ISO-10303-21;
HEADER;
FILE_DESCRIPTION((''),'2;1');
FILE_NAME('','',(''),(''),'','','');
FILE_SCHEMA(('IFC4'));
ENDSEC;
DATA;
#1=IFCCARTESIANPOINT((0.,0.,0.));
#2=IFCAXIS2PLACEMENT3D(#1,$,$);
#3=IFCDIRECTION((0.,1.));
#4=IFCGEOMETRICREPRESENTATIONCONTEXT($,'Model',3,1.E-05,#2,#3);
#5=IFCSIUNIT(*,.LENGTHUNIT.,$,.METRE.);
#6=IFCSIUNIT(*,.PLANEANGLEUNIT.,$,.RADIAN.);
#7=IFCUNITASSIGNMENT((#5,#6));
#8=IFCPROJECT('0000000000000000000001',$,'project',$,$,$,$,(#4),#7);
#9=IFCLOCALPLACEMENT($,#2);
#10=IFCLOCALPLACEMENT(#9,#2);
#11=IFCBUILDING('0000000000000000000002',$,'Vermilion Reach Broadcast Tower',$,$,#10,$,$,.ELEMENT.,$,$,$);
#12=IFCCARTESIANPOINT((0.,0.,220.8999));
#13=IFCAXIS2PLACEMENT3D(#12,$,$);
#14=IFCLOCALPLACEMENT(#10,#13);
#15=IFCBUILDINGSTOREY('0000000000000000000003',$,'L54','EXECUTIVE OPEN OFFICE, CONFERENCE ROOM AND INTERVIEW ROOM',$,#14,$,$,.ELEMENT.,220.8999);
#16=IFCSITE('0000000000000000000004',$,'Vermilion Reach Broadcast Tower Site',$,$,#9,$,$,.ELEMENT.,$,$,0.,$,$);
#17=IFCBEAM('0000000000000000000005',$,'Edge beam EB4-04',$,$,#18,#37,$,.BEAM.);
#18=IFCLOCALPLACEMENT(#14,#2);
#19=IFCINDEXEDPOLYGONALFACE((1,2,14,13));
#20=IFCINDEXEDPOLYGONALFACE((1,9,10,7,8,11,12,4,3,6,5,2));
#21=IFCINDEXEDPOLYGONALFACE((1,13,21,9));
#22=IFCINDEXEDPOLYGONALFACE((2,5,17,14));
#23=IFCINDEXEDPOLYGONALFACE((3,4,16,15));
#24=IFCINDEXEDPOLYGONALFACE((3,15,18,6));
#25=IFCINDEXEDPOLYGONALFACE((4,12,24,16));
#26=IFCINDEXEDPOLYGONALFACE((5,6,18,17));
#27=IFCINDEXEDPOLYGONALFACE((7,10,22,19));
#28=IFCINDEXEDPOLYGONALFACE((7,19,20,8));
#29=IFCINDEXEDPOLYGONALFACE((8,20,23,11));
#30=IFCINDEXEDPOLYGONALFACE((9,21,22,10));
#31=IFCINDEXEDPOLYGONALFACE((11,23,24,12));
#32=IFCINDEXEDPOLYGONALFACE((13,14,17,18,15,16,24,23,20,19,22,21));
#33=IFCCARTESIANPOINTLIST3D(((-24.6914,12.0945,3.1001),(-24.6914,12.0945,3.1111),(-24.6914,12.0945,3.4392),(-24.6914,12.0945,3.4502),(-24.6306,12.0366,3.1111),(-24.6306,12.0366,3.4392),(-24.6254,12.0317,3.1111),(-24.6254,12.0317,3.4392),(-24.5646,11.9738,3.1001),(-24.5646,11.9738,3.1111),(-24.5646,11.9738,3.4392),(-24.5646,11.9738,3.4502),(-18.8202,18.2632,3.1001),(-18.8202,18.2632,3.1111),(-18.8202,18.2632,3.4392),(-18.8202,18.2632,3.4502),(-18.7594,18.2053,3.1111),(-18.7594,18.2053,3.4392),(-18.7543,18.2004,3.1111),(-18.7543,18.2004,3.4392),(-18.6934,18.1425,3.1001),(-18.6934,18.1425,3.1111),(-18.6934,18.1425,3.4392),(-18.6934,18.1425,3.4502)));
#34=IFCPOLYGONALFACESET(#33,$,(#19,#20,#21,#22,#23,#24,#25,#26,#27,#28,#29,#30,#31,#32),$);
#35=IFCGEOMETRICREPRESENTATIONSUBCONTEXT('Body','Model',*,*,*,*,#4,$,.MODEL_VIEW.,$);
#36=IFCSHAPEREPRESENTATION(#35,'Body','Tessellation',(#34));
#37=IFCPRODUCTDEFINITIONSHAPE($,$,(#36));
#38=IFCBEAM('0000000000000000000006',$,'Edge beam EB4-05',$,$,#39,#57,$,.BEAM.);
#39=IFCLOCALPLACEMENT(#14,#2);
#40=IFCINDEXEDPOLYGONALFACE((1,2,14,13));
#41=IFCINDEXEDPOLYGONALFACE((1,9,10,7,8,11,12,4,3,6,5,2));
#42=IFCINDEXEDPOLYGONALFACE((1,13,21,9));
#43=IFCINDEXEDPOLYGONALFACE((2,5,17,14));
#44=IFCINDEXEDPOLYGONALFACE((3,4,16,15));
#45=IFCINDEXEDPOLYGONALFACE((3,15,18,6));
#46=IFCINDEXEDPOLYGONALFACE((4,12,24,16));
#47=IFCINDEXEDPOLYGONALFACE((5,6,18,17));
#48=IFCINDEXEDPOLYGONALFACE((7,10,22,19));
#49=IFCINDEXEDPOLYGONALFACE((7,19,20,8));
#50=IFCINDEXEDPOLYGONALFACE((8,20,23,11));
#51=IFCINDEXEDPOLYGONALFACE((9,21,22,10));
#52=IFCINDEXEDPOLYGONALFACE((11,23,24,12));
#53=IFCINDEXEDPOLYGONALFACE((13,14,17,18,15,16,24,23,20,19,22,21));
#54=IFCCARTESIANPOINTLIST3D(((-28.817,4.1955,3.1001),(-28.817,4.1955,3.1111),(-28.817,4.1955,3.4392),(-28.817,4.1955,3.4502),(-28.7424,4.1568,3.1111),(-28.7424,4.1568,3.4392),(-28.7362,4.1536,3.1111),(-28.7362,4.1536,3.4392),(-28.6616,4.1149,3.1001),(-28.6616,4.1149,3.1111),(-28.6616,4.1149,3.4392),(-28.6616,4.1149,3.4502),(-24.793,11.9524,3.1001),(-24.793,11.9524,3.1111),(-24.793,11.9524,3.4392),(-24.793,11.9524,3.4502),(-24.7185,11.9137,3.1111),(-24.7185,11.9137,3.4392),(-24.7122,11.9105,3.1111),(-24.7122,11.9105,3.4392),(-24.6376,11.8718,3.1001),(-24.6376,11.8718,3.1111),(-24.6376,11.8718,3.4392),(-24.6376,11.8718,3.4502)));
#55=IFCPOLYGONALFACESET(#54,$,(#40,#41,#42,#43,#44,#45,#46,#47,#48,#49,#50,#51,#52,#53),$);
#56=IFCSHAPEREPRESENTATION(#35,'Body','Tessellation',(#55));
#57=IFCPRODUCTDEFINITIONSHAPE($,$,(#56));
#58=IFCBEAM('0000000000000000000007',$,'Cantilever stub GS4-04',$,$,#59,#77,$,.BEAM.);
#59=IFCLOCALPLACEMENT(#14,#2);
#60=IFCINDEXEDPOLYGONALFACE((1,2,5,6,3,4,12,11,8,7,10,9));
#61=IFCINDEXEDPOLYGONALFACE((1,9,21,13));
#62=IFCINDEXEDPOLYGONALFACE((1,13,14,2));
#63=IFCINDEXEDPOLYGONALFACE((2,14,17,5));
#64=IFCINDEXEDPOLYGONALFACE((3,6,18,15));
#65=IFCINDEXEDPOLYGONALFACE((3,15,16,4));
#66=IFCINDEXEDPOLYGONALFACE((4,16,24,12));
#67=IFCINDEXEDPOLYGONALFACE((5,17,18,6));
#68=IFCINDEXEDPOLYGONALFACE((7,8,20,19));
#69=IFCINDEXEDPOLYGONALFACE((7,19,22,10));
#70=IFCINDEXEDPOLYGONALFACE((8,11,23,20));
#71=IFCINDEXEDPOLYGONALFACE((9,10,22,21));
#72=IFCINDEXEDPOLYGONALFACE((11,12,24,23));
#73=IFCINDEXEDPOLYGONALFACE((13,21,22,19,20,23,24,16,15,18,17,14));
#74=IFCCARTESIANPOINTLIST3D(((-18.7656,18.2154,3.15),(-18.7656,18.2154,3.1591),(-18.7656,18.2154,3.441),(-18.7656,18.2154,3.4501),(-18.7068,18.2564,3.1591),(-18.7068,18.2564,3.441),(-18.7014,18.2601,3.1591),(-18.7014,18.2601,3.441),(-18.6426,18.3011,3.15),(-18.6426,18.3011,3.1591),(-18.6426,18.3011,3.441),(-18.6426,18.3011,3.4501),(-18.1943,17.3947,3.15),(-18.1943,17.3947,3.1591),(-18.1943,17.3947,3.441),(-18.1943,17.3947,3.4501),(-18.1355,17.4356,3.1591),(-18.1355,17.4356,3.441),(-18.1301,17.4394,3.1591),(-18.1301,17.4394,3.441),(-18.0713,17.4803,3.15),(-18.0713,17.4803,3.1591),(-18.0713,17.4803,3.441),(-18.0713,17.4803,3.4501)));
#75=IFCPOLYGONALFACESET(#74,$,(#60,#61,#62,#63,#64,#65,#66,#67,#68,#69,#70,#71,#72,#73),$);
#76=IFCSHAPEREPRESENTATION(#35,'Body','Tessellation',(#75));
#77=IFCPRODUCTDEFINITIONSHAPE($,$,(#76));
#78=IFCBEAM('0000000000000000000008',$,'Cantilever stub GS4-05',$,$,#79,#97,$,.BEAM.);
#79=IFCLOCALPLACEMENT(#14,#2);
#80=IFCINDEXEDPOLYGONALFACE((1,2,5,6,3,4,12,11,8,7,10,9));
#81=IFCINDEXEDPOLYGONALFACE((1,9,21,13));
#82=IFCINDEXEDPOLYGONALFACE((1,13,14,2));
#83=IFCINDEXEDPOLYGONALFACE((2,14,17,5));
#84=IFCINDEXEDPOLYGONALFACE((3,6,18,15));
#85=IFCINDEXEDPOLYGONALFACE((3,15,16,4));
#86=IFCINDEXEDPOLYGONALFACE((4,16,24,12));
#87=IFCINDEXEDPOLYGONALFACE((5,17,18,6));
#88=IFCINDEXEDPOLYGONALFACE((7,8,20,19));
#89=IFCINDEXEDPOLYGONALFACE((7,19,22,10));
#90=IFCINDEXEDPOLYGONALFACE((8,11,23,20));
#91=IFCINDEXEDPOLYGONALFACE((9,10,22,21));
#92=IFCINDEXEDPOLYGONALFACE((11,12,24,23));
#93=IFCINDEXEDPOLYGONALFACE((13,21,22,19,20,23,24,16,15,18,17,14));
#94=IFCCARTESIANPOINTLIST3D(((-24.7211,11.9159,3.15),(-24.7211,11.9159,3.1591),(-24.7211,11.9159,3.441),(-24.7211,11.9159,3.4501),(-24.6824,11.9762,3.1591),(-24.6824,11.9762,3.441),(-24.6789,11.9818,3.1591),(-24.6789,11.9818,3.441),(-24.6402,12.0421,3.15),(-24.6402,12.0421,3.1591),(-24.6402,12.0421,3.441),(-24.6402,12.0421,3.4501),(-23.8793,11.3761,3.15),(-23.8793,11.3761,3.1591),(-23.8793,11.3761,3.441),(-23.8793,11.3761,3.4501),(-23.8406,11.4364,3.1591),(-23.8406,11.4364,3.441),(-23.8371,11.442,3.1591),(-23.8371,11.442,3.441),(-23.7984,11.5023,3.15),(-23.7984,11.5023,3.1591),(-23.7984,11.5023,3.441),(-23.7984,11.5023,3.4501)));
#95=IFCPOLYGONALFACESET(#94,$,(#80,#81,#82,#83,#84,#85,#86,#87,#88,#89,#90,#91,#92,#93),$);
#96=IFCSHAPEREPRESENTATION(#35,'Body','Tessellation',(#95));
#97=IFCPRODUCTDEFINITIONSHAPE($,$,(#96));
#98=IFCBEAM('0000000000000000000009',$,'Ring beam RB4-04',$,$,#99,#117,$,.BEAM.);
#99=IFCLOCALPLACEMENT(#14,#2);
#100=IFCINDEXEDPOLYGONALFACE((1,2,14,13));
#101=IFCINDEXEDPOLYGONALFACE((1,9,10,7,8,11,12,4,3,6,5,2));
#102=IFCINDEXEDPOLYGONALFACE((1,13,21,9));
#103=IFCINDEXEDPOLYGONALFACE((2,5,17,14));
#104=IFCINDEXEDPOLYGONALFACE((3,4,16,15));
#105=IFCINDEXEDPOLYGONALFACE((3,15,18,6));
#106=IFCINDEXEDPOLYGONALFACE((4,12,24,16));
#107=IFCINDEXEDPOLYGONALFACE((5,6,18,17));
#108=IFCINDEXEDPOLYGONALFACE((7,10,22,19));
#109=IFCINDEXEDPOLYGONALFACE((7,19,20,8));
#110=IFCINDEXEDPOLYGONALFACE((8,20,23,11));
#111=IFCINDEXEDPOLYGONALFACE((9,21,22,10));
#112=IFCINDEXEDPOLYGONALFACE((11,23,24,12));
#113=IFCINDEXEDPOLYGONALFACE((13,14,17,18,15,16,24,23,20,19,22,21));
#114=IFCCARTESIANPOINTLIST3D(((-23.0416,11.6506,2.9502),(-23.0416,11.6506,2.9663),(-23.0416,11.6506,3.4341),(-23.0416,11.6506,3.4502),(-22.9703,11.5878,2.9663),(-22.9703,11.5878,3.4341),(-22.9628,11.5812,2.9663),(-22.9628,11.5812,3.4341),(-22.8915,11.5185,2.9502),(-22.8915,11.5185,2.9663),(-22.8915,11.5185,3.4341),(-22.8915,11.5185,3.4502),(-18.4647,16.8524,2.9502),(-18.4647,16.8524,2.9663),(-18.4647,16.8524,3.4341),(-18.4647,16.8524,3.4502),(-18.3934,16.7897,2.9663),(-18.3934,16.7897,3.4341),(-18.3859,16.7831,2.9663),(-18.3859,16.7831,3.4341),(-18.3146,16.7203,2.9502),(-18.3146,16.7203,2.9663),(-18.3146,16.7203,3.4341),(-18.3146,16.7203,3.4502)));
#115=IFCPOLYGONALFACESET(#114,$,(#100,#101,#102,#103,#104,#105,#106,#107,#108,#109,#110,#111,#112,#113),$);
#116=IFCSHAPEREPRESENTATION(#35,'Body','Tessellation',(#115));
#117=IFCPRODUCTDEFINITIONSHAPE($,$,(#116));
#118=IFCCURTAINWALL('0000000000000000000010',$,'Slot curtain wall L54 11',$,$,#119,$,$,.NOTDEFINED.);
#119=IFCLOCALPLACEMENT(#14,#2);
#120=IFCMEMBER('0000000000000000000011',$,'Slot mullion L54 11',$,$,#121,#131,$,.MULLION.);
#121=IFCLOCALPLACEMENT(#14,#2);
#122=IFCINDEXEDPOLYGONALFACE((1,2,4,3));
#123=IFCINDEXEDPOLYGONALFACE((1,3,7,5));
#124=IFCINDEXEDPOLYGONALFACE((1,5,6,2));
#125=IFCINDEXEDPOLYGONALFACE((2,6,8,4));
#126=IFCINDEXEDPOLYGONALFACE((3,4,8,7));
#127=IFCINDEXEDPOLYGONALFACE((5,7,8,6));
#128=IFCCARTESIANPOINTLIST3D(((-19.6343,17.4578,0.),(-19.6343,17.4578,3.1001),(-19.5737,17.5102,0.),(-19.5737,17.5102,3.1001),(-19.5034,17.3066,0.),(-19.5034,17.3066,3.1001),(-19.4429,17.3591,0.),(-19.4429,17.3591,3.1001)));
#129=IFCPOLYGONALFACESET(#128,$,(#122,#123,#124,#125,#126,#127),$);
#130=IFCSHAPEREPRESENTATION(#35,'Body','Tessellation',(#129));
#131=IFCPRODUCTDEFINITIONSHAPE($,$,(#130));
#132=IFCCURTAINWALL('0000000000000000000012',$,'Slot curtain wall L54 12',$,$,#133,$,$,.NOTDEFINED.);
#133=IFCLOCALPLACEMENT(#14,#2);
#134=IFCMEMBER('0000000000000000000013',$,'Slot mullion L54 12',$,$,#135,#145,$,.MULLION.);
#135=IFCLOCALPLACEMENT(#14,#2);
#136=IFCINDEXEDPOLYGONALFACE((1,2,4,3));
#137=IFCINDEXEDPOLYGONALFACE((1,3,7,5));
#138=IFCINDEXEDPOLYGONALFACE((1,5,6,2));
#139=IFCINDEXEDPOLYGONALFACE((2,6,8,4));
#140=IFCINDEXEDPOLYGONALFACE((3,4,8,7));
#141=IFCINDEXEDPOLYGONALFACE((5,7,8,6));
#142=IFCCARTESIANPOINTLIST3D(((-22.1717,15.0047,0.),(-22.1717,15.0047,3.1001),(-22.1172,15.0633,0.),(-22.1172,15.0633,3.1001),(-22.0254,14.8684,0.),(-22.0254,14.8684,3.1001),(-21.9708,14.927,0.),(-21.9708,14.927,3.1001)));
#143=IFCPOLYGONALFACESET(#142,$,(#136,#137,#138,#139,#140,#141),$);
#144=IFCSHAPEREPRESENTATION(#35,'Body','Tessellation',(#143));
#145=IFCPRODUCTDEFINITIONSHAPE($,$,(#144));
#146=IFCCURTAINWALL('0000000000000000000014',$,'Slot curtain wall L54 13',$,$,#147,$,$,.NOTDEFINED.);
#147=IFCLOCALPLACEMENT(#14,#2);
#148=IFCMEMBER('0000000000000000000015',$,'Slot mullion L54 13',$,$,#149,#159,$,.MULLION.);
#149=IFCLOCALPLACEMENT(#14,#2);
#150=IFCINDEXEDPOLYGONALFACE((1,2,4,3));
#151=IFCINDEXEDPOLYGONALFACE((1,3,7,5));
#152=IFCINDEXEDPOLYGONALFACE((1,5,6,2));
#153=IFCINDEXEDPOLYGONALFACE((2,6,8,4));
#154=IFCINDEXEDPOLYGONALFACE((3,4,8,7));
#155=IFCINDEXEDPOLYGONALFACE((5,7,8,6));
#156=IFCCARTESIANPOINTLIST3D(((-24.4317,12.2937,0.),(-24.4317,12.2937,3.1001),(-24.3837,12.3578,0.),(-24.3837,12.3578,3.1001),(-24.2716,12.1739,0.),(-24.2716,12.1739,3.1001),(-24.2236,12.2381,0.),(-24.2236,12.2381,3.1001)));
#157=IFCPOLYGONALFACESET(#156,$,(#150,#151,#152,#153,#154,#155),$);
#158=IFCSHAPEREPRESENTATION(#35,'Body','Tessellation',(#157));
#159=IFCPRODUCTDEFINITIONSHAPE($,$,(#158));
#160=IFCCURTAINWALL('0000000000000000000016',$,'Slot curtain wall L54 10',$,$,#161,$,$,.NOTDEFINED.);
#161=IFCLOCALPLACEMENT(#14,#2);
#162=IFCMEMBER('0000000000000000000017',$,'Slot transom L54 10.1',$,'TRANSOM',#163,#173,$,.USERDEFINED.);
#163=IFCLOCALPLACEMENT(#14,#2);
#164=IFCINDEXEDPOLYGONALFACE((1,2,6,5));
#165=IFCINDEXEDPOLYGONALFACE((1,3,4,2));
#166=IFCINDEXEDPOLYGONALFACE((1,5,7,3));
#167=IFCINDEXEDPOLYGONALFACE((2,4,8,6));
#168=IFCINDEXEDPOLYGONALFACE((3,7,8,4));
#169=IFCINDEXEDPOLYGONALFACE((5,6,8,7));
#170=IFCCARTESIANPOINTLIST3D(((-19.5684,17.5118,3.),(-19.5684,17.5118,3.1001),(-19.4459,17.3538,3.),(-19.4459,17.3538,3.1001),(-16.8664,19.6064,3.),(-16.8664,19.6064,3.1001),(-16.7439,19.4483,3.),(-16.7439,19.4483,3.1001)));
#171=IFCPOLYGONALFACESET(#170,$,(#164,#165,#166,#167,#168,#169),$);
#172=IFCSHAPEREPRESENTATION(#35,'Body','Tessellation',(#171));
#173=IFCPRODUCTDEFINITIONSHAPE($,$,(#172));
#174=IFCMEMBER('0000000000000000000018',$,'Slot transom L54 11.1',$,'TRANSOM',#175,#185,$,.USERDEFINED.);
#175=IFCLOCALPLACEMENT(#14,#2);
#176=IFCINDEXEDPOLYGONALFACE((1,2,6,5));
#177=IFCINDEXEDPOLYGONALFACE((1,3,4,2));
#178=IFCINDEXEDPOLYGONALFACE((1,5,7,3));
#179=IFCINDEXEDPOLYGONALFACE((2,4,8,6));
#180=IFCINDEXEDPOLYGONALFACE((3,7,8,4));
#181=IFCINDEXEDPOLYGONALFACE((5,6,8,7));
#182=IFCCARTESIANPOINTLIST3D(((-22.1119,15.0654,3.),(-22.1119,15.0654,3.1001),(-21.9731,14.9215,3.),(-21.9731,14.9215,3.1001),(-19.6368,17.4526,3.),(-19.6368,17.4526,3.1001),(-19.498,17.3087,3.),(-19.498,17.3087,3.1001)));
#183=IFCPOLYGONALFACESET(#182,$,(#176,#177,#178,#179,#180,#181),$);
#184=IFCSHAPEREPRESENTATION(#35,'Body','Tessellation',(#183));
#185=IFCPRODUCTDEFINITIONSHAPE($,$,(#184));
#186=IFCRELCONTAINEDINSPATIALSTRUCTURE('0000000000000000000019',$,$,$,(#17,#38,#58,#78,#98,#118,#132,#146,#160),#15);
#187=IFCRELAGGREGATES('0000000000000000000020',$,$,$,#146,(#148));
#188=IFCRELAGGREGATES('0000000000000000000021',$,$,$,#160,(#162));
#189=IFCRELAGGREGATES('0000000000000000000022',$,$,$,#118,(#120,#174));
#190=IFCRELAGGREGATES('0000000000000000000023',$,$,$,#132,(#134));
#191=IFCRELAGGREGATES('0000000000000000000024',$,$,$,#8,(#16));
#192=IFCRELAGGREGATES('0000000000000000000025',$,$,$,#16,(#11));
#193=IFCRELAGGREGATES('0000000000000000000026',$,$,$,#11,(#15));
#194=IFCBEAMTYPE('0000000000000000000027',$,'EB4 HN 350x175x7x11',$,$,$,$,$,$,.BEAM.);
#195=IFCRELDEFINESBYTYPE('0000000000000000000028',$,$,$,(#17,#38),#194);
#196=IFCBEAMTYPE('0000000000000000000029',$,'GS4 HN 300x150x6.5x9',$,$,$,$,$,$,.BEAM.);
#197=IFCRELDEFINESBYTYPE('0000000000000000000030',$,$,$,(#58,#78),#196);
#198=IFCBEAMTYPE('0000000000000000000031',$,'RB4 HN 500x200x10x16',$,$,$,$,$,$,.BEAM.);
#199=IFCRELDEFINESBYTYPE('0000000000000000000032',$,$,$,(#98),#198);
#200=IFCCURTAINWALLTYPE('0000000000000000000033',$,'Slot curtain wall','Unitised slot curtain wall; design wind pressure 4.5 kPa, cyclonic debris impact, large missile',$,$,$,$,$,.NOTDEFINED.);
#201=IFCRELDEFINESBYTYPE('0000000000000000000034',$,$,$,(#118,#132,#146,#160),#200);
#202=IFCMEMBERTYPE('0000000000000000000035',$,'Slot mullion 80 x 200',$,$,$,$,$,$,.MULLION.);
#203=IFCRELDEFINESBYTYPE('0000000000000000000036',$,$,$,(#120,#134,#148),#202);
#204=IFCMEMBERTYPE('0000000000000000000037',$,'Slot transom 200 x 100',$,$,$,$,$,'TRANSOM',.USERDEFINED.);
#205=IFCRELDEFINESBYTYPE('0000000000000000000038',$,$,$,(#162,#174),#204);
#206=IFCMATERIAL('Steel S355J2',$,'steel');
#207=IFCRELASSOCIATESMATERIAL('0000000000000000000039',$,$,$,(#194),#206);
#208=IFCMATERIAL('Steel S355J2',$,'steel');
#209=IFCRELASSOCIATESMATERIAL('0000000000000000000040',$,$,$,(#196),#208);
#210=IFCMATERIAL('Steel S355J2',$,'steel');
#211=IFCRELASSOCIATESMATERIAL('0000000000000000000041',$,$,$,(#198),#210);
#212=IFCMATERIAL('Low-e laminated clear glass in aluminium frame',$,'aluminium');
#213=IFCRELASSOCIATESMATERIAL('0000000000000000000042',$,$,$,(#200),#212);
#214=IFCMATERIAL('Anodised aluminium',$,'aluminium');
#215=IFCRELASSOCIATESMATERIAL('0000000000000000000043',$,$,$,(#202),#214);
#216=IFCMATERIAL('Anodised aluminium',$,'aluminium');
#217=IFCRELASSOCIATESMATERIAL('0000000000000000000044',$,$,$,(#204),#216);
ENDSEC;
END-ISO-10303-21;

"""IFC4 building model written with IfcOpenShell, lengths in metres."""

from ifc_helpers import new_model, si_unit, direction, frame, origin, origin_2d, place, context, subcontext, project, spatial, rectangle, i_section, extrude, material, material_profile, profile_set, type_object, element, aggregate, save


model = new_model("IFC4")

# Units and contexts
model_context = context("Model", 3, precision=1e-05, world=origin(), true_north=direction((0.0, 1.0)))
body_context = subcontext(model_context, "Body", "Model", "MODEL_VIEW")
ifc_project = project(units=[si_unit("LENGTHUNIT", "METRE"), si_unit("PLANEANGLEUNIT", "RADIAN")], contexts=[model_context])

# Site, building, storey
site_placement = place(None, origin())
site = spatial("IfcSite", under=ifc_project, at=site_placement, Name="Vermilion Reach Broadcast Tower Site", CompositionType="ELEMENT", RefElevation=0.0)
building_placement = place(site_placement, origin())
building = spatial("IfcBuilding", under=site, at=building_placement, Name="Vermilion Reach Broadcast Tower", CompositionType="ELEMENT")
storey_placement = place(building_placement, frame((0.0, 0.0, 220.8999)))
storey = spatial("IfcBuildingStorey", under=building, at=storey_placement, Name="L54", Description="EXECUTIVE OPEN OFFICE, CONFERENCE ROOM AND INTERVIEW ROOM", CompositionType="ELEMENT", Elevation=220.8999)

# Beams
ifc_material_1 = material(Name="Steel S355J2", Category="steel")
ifc_material_profile_1 = material_profile(ifc_material_1, i_section(OverallWidth=0.175, OverallDepth=0.3501, WebThickness=0.0071, FlangeThickness=0.011, at=origin_2d()), Name="S355J2 HN 350x175x7x11")
ifc_profile_set_1 = profile_set([ifc_material_profile_1], Name="Steel S355J2")
beam_type_1 = type_object("IfcBeamType", Name="EB4 HN 350x175x7x11", PredefinedType="BEAM", material=ifc_profile_set_1)
beam_1_placement = place(storey_placement, frame((-18.7568, 18.2029, 3.2751), z_axis=(-0.689417, -0.724364, 0.0), x_axis=(0.724364, -0.689417, 0.0)))
element("IfcBeam", 1, at=beam_1_placement, inside=storey, type_object=beam_type_1, Name="Edge beam EB4-04", PredefinedType="BEAM", context=body_context, shape_type="SweptSolid", body=[
    extrude(i_section(OverallWidth=0.175, OverallDepth=0.3501, WebThickness=0.0071, FlangeThickness=0.011, at=origin_2d()), origin(), (0.0, 0.0, 1.0), 8.5161),
])
beam_2_placement = place(storey_placement, frame((-24.7153, 11.9121, 3.2751), z_axis=(-0.460485, -0.887667, 0.0), x_axis=(0.887667, -0.460485, 0.0)))
element("IfcBeam", 2, at=beam_2_placement, inside=storey, type_object=beam_type_1, Name="Edge beam EB4-05", PredefinedType="BEAM", context=body_context, shape_type="SweptSolid", body=[
    extrude(i_section(OverallWidth=0.175, OverallDepth=0.3501, WebThickness=0.0071, FlangeThickness=0.011, at=origin_2d()), origin(), (0.0, 0.0, 1.0), 8.7385),
])
ifc_material_2 = material(Name="Steel S355J2", Category="steel")
ifc_material_profile_2 = material_profile(ifc_material_2, i_section(OverallWidth=0.1499, OverallDepth=0.3, WebThickness=0.0066, FlangeThickness=0.009, at=origin_2d()), Name="S355J2 HN 300x150x6.5x9")
ifc_profile_set_2 = profile_set([ifc_material_profile_2], Name="Steel S355J2")
beam_type_2 = type_object("IfcBeamType", Name="GS4 HN 300x150x6.5x9", PredefinedType="BEAM", material=ifc_profile_set_2)
for number, where, z_axis, x_axis, name in (
    (3, (-18.1328, 17.4375, 3.3), (-0.571265, 0.820766, 0.0), (-0.820766, -0.571265, 0.0), "Cantilever stub GS4-04"),
    (4, (-23.8389, 11.4392, 3.3), (-0.841797, 0.539795, 0.0), (-0.539795, -0.841797, 0.0), "Cantilever stub GS4-05"),
):
    element("IfcBeam", number, at=place(storey_placement, frame(where, z_axis=z_axis, x_axis=x_axis)), inside=storey, type_object=beam_type_2, Name=name, PredefinedType="BEAM", context=body_context, shape_type="SweptSolid", body=[
        extrude(i_section(OverallWidth=0.1499, OverallDepth=0.3, WebThickness=0.0066, FlangeThickness=0.009, at=origin_2d()), origin(), (0.0, 0.0, 1.0), 1.0),
    ])
ifc_material_3 = material(Name="Steel S355J2", Category="steel")
ifc_material_profile_3 = material_profile(ifc_material_3, i_section(OverallWidth=0.2, OverallDepth=0.5, WebThickness=0.01, FlangeThickness=0.0161, at=origin_2d()), Name="S355J2 HN 500x200x10x16")
ifc_profile_set_3 = profile_set([ifc_material_profile_3], Name="Steel S355J2")
beam_type_3 = type_object("IfcBeamType", Name="RB4 HN 500x200x10x16", PredefinedType="BEAM", material=ifc_profile_set_3)
beam_3_placement = place(storey_placement, frame((-18.3896, 16.7864, 3.2002), z_axis=(-0.660565, -0.750769, 0.0), x_axis=(0.750769, -0.660565, 0.0)))
element("IfcBeam", 5, at=beam_3_placement, inside=storey, type_object=beam_type_3, Name="Ring beam RB4-04", PredefinedType="BEAM", context=body_context, shape_type="SweptSolid", body=[
    extrude(i_section(OverallWidth=0.2, OverallDepth=0.5, WebThickness=0.01, FlangeThickness=0.0161, at=origin_2d()), origin(), (0.0, 0.0, 1.0), 6.9287),
])

# Curtain walls, members
ifc_material_4 = material(Name="Low-e laminated clear glass in aluminium frame", Category="aluminium")
curtain_wall_type = type_object("IfcCurtainWallType", Name="Slot curtain wall", Description="Unitised slot curtain wall; design wind pressure 4.5 kPa, cyclonic debris impact, large missile", PredefinedType="NOTDEFINED", material=ifc_material_4)
placement = place(storey_placement, origin())
curtain_wall_1 = element("IfcCurtainWall", 6, at=placement, inside=storey, type_object=curtain_wall_type, Name="Slot curtain wall L54 11", PredefinedType="NOTDEFINED")
ifc_material_5 = material(Name="Anodised aluminium", Category="aluminium")
ifc_material_profile_4 = material_profile(ifc_material_5, rectangle(XDim=0.2, YDim=0.0801, at=origin_2d()), Name="Slot mullion 80 x 200")
ifc_profile_set_4 = profile_set([ifc_material_profile_4], Name="Anodised aluminium")
member_type_1 = type_object("IfcMemberType", Name="Slot mullion 80 x 200", PredefinedType="MULLION", material=ifc_profile_set_4)
member_1_placement = place(storey_placement, frame((-19.5386, 17.4084, 0.0), z_axis=(0.0, 0.0, 1.0), x_axis=(0.654399, -0.75615, 0.0)))
member_1 = element("IfcMember", 7, at=member_1_placement, type_object=member_type_1, Name="Slot mullion L54 11", PredefinedType="MULLION", context=body_context, shape_type="SweptSolid", body=[
    extrude(rectangle(XDim=0.2, YDim=0.0801, at=origin_2d()), origin(), (0.0, 0.0, 1.0), 3.1001),
])
curtain_wall_2 = element("IfcCurtainWall", 8, at=placement, inside=storey, type_object=curtain_wall_type, Name="Slot curtain wall L54 12", PredefinedType="NOTDEFINED")
member_2_placement = place(storey_placement, frame((-22.0713, 14.9658, 0.0), z_axis=(0.0, 0.0, 1.0), x_axis=(0.73183, -0.681488, 0.0)))
member_2 = element("IfcMember", 9, at=member_2_placement, type_object=member_type_1, Name="Slot mullion L54 12", PredefinedType="MULLION", context=body_context, shape_type="SweptSolid", body=[
    extrude(rectangle(XDim=0.2, YDim=0.0801, at=origin_2d()), origin(), (0.0, 0.0, 1.0), 3.1001),
])
curtain_wall_3 = element("IfcCurtainWall", 10, at=placement, inside=storey, type_object=curtain_wall_type, Name="Slot curtain wall L54 13", PredefinedType="NOTDEFINED")
member_3_placement = place(storey_placement, frame((-24.3276, 12.2659, 0.0), z_axis=(0.0, 0.0, 1.0), x_axis=(0.800793, -0.598941, 0.0)))
member_3 = element("IfcMember", 11, at=member_3_placement, type_object=member_type_1, Name="Slot mullion L54 13", PredefinedType="MULLION", context=body_context, shape_type="SweptSolid", body=[
    extrude(rectangle(XDim=0.2, YDim=0.0801, at=origin_2d()), origin(), (0.0, 0.0, 1.0), 3.1001),
])
curtain_wall_4 = element("IfcCurtainWall", 12, at=placement, inside=storey, type_object=curtain_wall_type, Name="Slot curtain wall L54 10", PredefinedType="NOTDEFINED")
ifc_material_6 = material(Name="Anodised aluminium", Category="aluminium")
ifc_material_profile_5 = material_profile(ifc_material_6, rectangle(XDim=0.2, YDim=0.1001, at=origin_2d()), Name="Slot transom 200 x 100")
ifc_profile_set_5 = profile_set([ifc_material_profile_5], Name="Anodised aluminium")
member_type_2 = type_object("IfcMemberType", Name="Slot transom 200 x 100", ElementType="TRANSOM", PredefinedType="USERDEFINED", material=ifc_profile_set_5)
member_4_placement = place(storey_placement, frame((-16.8052, 19.5273, 3.05), z_axis=(-0.790343, -0.612664, 0.0), x_axis=(0.612664, -0.790343, 0.0)))
member_4 = element("IfcMember", 13, at=member_4_placement, type_object=member_type_2, Name="Slot transom L54 10.1", ObjectType="TRANSOM", PredefinedType="USERDEFINED", context=body_context, shape_type="SweptSolid", body=[
    extrude(rectangle(XDim=0.2, YDim=0.1001, at=origin_2d()), origin(), (0.0, 0.0, 1.0), 3.4187),
])

# Member
member_5_placement = place(storey_placement, frame((-19.5674, 17.3806, 3.05), z_axis=(-0.719771, -0.694212, 0.0), x_axis=(0.694212, -0.719771, 0.0)))
member_5 = element("IfcMember", 14, at=member_5_placement, type_object=member_type_2, Name="Slot transom L54 11.1", ObjectType="TRANSOM", PredefinedType="USERDEFINED", context=body_context, shape_type="SweptSolid", body=[
    extrude(rectangle(XDim=0.2, YDim=0.1001, at=origin_2d()), origin(), (0.0, 0.0, 1.0), 3.4387),
])
aggregate(curtain_wall_3, [member_3])

aggregate(curtain_wall_4, [member_4])
aggregate(curtain_wall_1, [member_1, member_5])
aggregate(curtain_wall_2, [member_2])

save(model, "model.ifc")
